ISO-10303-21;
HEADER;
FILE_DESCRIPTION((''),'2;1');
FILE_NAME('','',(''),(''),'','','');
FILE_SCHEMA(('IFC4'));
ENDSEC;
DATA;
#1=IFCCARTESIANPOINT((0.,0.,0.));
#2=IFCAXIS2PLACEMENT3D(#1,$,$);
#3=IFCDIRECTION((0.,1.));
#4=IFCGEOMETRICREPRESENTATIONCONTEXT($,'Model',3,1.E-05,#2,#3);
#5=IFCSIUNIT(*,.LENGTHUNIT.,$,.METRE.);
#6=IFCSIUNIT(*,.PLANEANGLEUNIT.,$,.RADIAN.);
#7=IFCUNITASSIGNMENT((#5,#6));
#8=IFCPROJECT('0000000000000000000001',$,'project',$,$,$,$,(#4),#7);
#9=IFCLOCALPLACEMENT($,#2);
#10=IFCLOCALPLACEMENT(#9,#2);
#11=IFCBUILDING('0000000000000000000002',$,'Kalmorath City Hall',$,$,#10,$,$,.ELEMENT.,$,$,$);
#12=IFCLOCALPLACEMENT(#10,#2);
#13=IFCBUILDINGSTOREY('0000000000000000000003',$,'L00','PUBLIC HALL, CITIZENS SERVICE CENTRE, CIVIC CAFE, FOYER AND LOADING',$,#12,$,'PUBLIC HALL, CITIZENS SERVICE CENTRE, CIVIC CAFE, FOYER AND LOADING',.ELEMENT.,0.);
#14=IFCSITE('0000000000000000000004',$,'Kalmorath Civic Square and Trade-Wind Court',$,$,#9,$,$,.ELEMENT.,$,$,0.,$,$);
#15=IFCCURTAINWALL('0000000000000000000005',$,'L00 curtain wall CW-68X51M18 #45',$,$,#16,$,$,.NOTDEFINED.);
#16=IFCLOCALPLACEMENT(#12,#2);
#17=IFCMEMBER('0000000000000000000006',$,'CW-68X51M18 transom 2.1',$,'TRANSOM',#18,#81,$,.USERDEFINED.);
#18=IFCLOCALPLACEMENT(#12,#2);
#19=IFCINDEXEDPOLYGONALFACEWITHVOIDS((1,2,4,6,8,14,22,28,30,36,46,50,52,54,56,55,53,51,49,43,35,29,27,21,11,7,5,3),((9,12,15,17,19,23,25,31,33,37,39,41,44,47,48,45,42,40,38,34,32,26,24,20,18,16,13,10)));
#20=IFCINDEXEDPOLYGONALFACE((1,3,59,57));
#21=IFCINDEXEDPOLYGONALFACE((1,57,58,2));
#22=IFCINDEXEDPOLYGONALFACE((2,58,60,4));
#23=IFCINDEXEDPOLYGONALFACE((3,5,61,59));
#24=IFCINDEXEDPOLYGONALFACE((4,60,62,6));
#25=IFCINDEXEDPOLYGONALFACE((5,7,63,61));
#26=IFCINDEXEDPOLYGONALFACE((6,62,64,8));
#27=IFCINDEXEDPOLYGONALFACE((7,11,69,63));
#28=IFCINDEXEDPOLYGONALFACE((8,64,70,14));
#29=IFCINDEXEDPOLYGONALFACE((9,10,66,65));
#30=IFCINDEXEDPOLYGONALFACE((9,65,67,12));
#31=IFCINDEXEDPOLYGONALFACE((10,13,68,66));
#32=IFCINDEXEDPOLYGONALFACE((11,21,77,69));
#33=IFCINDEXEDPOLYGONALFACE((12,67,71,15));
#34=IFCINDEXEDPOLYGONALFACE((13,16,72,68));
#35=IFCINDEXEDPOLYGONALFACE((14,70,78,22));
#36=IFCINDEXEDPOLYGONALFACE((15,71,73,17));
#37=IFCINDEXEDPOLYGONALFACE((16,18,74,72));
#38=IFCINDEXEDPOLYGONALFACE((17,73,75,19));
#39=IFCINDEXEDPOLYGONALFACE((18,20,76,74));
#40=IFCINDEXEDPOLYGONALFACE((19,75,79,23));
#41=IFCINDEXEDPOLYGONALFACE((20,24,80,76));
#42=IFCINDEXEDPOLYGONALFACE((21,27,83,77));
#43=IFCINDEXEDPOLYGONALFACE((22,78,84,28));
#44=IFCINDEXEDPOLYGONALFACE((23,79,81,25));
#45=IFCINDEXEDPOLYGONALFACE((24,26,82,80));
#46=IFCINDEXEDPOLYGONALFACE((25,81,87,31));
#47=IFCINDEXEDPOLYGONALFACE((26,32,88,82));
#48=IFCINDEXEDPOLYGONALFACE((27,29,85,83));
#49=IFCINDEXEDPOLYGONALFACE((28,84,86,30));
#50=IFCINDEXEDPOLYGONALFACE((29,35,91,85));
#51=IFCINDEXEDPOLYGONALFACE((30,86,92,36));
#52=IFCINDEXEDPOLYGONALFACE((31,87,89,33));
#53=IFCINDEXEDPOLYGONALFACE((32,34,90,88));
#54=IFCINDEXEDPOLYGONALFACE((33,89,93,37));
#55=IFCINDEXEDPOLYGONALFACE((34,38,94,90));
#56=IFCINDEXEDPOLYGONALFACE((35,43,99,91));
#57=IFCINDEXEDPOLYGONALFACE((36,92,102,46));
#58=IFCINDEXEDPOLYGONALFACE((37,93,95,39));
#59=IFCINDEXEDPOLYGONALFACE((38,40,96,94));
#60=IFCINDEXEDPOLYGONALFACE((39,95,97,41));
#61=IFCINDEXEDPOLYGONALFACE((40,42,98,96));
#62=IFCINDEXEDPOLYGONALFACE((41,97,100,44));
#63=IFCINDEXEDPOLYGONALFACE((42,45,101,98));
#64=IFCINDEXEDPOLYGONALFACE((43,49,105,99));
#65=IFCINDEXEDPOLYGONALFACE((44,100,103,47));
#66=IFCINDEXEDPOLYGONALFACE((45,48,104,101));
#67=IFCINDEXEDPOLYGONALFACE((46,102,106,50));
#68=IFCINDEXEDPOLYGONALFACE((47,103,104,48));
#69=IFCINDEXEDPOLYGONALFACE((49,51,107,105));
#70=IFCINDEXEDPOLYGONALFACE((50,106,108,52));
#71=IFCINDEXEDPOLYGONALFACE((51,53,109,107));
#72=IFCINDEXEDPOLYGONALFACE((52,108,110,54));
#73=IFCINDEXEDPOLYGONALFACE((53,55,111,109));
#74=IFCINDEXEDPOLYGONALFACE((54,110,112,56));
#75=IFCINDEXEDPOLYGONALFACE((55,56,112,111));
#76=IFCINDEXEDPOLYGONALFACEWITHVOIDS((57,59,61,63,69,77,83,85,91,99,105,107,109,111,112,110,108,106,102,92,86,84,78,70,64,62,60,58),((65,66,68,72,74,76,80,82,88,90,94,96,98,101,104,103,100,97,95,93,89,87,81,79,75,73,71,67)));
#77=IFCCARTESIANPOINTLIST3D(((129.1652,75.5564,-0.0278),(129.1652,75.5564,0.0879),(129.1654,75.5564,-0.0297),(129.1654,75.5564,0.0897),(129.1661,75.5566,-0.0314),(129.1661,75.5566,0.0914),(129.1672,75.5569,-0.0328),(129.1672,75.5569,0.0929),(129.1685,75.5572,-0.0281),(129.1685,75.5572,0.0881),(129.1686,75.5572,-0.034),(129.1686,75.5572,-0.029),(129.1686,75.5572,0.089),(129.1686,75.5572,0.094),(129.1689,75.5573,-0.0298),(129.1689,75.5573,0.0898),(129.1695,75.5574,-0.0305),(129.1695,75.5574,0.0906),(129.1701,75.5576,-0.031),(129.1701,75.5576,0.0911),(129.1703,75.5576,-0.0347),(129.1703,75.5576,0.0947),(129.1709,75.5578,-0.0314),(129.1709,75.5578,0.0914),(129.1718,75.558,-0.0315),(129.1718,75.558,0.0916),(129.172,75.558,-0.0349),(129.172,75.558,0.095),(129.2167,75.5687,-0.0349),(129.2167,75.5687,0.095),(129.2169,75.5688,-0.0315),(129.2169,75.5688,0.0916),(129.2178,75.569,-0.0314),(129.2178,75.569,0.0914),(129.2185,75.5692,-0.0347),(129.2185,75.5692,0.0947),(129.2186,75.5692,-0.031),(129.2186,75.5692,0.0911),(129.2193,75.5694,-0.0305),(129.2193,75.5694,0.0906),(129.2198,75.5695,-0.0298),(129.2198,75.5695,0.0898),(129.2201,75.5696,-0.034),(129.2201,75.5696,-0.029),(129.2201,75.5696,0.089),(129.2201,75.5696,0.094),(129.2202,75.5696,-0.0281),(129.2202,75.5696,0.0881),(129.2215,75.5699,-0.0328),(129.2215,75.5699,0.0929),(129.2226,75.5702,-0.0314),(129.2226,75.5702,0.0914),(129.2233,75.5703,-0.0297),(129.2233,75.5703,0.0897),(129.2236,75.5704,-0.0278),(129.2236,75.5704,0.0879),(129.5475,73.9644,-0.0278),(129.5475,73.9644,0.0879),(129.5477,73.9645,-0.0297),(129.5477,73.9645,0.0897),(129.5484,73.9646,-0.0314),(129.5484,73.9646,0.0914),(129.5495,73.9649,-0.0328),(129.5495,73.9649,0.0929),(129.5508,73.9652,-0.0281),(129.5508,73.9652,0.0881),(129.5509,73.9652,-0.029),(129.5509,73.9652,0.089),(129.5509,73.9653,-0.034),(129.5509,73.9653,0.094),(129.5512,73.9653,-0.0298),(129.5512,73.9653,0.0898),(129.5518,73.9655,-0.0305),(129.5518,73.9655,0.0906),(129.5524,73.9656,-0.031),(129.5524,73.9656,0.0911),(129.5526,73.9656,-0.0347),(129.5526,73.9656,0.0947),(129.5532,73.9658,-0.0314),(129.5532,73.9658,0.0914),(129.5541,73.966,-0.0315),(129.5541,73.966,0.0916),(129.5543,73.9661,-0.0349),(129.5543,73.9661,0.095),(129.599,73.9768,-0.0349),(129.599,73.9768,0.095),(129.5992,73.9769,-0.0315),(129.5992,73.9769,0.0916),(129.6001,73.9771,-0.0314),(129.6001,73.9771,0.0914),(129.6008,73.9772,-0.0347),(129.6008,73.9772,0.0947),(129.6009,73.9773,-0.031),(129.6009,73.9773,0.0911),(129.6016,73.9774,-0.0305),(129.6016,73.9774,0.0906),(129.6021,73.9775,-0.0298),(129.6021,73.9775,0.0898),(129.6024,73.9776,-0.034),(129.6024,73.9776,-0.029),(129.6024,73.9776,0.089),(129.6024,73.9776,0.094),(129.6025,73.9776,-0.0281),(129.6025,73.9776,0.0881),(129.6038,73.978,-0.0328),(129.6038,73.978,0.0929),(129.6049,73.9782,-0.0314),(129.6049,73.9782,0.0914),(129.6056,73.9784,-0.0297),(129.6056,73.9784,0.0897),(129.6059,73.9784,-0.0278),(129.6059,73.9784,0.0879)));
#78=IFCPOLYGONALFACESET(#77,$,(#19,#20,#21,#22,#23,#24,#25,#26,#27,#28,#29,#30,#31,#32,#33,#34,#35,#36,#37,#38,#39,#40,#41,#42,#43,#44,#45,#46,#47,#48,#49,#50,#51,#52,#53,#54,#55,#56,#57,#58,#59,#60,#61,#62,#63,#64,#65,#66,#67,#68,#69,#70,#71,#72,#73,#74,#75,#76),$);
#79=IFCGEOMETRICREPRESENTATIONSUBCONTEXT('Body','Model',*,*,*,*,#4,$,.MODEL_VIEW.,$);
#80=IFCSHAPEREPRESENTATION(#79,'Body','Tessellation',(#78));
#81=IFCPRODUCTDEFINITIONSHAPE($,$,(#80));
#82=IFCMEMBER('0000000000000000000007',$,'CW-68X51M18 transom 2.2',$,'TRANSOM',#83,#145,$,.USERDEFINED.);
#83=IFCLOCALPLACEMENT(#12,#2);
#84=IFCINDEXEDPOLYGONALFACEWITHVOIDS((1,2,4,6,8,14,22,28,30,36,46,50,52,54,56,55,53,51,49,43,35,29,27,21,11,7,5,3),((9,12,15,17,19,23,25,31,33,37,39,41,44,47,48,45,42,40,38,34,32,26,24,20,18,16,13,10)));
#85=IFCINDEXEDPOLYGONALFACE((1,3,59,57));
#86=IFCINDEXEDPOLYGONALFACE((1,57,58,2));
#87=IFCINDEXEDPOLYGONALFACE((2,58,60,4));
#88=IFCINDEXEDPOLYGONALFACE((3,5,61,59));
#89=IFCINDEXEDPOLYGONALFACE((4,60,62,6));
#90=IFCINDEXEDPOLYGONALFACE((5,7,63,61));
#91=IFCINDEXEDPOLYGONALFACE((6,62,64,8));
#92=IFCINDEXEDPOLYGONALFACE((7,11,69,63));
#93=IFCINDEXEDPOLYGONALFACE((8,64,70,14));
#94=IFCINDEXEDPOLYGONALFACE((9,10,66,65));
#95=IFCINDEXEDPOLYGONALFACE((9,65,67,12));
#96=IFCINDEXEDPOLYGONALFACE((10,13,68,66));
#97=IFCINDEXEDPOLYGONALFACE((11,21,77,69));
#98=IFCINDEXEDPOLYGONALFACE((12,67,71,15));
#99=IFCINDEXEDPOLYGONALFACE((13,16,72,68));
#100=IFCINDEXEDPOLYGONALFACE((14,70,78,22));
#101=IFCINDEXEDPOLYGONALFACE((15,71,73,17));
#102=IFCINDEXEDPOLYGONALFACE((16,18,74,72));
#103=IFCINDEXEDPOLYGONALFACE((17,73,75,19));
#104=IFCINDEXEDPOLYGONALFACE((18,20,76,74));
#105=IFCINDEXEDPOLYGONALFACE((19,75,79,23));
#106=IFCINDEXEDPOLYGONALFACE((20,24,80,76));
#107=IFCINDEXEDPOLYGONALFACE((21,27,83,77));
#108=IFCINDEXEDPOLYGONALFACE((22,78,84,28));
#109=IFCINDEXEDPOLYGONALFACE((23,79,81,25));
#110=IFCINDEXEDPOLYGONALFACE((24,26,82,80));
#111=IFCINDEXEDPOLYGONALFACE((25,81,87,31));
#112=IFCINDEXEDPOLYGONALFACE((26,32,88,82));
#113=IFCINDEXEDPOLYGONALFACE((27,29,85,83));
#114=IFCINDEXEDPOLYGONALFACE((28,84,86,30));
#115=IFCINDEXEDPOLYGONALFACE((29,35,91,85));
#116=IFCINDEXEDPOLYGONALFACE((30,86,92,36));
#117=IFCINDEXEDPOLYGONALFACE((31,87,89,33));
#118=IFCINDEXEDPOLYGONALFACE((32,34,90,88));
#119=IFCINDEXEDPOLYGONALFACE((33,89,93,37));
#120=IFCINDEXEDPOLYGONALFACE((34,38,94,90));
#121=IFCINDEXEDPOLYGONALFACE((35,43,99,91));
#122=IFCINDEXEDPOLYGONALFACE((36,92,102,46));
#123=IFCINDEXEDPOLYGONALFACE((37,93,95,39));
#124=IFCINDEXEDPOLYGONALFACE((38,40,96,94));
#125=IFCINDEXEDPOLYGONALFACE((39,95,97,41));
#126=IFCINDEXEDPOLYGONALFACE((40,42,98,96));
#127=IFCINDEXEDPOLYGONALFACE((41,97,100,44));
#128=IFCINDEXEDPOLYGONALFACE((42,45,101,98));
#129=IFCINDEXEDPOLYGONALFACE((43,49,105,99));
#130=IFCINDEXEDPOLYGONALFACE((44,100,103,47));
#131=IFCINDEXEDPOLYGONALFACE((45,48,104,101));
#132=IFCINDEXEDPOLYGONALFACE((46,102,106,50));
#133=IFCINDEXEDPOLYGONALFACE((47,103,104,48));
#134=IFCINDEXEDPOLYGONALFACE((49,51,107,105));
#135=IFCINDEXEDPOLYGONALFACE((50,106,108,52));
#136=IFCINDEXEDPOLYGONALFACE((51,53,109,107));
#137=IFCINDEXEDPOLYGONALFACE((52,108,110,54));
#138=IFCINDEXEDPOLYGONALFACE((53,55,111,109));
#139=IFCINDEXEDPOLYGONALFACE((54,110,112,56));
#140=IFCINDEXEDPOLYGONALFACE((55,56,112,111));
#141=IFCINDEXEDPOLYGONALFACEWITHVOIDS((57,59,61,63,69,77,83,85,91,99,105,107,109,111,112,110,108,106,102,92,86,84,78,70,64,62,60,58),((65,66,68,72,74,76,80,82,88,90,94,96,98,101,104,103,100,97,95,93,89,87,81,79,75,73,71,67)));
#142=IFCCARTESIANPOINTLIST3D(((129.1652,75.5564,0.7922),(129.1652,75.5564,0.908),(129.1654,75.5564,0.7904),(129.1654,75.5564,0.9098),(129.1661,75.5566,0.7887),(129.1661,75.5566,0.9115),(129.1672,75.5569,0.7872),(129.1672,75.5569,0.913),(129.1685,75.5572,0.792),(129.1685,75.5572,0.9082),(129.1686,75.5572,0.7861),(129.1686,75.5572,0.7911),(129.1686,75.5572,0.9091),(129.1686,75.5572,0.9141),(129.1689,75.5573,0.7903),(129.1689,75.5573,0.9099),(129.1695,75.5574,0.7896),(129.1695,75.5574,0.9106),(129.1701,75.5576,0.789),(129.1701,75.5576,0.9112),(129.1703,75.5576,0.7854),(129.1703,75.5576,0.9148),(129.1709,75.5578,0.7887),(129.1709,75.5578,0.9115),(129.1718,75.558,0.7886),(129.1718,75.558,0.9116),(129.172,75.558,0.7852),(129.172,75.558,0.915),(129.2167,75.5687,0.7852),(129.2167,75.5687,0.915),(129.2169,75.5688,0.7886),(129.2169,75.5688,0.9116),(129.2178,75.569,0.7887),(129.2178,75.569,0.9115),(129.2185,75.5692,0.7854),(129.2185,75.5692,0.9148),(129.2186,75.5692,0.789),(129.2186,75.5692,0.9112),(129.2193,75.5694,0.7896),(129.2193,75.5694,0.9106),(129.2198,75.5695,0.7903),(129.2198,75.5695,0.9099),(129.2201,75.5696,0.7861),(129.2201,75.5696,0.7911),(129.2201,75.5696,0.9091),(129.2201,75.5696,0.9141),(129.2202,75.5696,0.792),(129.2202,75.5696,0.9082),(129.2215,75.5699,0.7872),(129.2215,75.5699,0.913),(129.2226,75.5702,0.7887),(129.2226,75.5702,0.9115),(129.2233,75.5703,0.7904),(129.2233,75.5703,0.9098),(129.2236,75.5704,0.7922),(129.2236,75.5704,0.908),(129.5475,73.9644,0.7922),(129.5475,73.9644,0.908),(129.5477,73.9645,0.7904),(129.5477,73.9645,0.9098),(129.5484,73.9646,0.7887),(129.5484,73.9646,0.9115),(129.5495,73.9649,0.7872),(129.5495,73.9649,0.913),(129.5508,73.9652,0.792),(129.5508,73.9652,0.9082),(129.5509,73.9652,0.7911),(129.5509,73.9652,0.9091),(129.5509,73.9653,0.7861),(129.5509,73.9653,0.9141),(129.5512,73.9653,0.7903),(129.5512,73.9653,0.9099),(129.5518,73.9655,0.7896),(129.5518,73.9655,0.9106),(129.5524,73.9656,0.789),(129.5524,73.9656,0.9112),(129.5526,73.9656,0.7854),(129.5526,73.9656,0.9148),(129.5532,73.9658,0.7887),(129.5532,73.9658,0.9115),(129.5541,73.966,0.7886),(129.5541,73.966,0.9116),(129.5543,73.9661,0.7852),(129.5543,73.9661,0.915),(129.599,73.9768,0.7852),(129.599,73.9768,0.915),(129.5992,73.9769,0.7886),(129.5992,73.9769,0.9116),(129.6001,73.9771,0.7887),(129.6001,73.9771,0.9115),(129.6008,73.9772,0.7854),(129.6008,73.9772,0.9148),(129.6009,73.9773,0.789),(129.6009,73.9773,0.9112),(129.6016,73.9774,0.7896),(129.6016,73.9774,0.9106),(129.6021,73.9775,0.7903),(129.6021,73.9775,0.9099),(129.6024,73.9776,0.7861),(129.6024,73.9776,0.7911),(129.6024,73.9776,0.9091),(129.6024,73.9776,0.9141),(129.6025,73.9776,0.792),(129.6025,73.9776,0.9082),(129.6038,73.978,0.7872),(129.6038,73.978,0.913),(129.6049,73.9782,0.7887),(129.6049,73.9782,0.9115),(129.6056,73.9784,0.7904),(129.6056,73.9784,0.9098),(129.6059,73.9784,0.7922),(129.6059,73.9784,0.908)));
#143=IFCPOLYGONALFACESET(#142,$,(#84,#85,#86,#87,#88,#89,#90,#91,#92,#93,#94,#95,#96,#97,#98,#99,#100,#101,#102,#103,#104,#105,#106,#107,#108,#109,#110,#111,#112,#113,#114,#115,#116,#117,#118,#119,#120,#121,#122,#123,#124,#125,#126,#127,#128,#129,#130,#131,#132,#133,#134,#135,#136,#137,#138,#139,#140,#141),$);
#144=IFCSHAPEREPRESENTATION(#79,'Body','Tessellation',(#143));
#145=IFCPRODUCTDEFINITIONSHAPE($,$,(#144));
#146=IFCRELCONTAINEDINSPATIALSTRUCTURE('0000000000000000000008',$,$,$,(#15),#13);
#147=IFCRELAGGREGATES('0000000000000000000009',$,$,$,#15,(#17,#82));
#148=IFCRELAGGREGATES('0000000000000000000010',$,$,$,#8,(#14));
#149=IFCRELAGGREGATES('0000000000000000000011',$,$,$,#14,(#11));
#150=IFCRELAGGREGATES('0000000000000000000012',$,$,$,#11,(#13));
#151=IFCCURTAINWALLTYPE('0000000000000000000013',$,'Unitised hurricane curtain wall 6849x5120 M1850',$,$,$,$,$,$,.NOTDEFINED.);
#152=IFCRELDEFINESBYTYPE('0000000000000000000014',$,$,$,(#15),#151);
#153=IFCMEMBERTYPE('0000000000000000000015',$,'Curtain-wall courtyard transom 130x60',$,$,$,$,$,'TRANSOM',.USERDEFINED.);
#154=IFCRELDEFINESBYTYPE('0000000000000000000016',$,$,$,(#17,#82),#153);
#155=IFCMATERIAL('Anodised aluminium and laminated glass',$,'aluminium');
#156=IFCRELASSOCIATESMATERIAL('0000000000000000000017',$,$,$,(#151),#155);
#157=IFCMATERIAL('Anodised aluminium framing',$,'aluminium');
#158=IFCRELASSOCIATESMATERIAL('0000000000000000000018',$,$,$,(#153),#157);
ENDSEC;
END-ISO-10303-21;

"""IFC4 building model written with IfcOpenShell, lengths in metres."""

from ifc_helpers import new_model, si_unit, direction, frame, origin, origin_2d, place, context, subcontext, project, spatial, hollow_rectangle, extrude, material, material_profile, profile_set, type_object, element, aggregate, save


model = new_model("IFC4")

# Units and contexts
model_context = context("Model", 3, precision=1e-05, world=origin(), true_north=direction((0.0, 1.0)))
body_context = subcontext(model_context, "Body", "Model", "MODEL_VIEW")
ifc_project = project(units=[si_unit("LENGTHUNIT", "METRE"), si_unit("PLANEANGLEUNIT", "RADIAN")], contexts=[model_context])

# Site, building, storey
site_placement = place(None, origin())
site = spatial("IfcSite", under=ifc_project, at=site_placement, Name="Kalmorath Civic Square and Trade-Wind Court", CompositionType="ELEMENT", RefElevation=0.0)
building_placement = place(site_placement, origin())
building = spatial("IfcBuilding", under=site, at=building_placement, Name="Kalmorath City Hall", CompositionType="ELEMENT")
storey_placement = place(building_placement, origin())
storey = spatial("IfcBuildingStorey", under=building, at=storey_placement, Name="L00", Description="PUBLIC HALL, CITIZENS SERVICE CENTRE, CIVIC CAFE, FOYER AND LOADING", LongName="PUBLIC HALL, CITIZENS SERVICE CENTRE, CIVIC CAFE, FOYER AND LOADING", CompositionType="ELEMENT", Elevation=0.0)

# Curtain wall, members
ifc_material_1 = material(Name="Anodised aluminium and laminated glass", Category="aluminium")
curtain_wall_type = type_object("IfcCurtainWallType", Name="Unitised hurricane curtain wall 6849x5120 M1850", PredefinedType="NOTDEFINED", material=ifc_material_1)
ifc_material_2 = material(Name="Anodised aluminium framing", Category="aluminium")
ifc_material_profile_1 = material_profile(ifc_material_2, hollow_rectangle(XDim=0.0601, YDim=0.1299, WallThickness=0.0034, InnerFilletRadius=0.0034, OuterFilletRadius=0.0071, at=origin_2d()), Name="ALU-TRN-130X60X3.5")
ifc_profile_set_1 = profile_set([ifc_material_profile_1], Name="Anodised aluminium framing")
member_type_1 = type_object("IfcMemberType", Name="Curtain-wall courtyard transom 130x60", ElementType="TRANSOM", PredefinedType="USERDEFINED", material=ifc_profile_set_1)
curtain_wall_1_placement = place(storey_placement, origin())
curtain_wall_1 = element("IfcCurtainWall", 1, at=curtain_wall_1_placement, inside=storey, type_object=curtain_wall_type, Name="L00 curtain wall CW-68X51M18 #45", PredefinedType="NOTDEFINED")
member_1_placement = place(storey_placement, frame((129.5767, 73.9714, 0.03), z_axis=(-0.233508, 0.972355, 0.0), x_axis=(-0.972355, -0.233508, 0.0)))
member_1 = element("IfcMember", 2, at=member_1_placement, type_object=member_type_1, Name="CW-68X51M18 transom 2.1", ObjectType="TRANSOM", PredefinedType="USERDEFINED", context=body_context, shape_type="SweptSolid", body=[
    extrude(hollow_rectangle(XDim=0.0601, YDim=0.1299, WallThickness=0.0034, InnerFilletRadius=0.0034, OuterFilletRadius=0.0071, at=origin_2d()), origin(), (0.0, 0.0, 1.0), 1.6372),
])
member_2_placement = place(storey_placement, frame((129.5767, 73.9714, 0.8501), z_axis=(-0.233508, 0.972355, 0.0), x_axis=(-0.972355, -0.233508, 0.0)))
member_2 = element("IfcMember", 3, at=member_2_placement, type_object=member_type_1, Name="CW-68X51M18 transom 2.2", ObjectType="TRANSOM", PredefinedType="USERDEFINED", context=body_context, shape_type="SweptSolid", body=[
    extrude(hollow_rectangle(XDim=0.0601, YDim=0.1299, WallThickness=0.0034, InnerFilletRadius=0.0034, OuterFilletRadius=0.0071, at=origin_2d()), origin(), (0.0, 0.0, 1.0), 1.6372),
])

aggregate(curtain_wall_1, [member_1, member_2])

save(model, "model.ifc")
